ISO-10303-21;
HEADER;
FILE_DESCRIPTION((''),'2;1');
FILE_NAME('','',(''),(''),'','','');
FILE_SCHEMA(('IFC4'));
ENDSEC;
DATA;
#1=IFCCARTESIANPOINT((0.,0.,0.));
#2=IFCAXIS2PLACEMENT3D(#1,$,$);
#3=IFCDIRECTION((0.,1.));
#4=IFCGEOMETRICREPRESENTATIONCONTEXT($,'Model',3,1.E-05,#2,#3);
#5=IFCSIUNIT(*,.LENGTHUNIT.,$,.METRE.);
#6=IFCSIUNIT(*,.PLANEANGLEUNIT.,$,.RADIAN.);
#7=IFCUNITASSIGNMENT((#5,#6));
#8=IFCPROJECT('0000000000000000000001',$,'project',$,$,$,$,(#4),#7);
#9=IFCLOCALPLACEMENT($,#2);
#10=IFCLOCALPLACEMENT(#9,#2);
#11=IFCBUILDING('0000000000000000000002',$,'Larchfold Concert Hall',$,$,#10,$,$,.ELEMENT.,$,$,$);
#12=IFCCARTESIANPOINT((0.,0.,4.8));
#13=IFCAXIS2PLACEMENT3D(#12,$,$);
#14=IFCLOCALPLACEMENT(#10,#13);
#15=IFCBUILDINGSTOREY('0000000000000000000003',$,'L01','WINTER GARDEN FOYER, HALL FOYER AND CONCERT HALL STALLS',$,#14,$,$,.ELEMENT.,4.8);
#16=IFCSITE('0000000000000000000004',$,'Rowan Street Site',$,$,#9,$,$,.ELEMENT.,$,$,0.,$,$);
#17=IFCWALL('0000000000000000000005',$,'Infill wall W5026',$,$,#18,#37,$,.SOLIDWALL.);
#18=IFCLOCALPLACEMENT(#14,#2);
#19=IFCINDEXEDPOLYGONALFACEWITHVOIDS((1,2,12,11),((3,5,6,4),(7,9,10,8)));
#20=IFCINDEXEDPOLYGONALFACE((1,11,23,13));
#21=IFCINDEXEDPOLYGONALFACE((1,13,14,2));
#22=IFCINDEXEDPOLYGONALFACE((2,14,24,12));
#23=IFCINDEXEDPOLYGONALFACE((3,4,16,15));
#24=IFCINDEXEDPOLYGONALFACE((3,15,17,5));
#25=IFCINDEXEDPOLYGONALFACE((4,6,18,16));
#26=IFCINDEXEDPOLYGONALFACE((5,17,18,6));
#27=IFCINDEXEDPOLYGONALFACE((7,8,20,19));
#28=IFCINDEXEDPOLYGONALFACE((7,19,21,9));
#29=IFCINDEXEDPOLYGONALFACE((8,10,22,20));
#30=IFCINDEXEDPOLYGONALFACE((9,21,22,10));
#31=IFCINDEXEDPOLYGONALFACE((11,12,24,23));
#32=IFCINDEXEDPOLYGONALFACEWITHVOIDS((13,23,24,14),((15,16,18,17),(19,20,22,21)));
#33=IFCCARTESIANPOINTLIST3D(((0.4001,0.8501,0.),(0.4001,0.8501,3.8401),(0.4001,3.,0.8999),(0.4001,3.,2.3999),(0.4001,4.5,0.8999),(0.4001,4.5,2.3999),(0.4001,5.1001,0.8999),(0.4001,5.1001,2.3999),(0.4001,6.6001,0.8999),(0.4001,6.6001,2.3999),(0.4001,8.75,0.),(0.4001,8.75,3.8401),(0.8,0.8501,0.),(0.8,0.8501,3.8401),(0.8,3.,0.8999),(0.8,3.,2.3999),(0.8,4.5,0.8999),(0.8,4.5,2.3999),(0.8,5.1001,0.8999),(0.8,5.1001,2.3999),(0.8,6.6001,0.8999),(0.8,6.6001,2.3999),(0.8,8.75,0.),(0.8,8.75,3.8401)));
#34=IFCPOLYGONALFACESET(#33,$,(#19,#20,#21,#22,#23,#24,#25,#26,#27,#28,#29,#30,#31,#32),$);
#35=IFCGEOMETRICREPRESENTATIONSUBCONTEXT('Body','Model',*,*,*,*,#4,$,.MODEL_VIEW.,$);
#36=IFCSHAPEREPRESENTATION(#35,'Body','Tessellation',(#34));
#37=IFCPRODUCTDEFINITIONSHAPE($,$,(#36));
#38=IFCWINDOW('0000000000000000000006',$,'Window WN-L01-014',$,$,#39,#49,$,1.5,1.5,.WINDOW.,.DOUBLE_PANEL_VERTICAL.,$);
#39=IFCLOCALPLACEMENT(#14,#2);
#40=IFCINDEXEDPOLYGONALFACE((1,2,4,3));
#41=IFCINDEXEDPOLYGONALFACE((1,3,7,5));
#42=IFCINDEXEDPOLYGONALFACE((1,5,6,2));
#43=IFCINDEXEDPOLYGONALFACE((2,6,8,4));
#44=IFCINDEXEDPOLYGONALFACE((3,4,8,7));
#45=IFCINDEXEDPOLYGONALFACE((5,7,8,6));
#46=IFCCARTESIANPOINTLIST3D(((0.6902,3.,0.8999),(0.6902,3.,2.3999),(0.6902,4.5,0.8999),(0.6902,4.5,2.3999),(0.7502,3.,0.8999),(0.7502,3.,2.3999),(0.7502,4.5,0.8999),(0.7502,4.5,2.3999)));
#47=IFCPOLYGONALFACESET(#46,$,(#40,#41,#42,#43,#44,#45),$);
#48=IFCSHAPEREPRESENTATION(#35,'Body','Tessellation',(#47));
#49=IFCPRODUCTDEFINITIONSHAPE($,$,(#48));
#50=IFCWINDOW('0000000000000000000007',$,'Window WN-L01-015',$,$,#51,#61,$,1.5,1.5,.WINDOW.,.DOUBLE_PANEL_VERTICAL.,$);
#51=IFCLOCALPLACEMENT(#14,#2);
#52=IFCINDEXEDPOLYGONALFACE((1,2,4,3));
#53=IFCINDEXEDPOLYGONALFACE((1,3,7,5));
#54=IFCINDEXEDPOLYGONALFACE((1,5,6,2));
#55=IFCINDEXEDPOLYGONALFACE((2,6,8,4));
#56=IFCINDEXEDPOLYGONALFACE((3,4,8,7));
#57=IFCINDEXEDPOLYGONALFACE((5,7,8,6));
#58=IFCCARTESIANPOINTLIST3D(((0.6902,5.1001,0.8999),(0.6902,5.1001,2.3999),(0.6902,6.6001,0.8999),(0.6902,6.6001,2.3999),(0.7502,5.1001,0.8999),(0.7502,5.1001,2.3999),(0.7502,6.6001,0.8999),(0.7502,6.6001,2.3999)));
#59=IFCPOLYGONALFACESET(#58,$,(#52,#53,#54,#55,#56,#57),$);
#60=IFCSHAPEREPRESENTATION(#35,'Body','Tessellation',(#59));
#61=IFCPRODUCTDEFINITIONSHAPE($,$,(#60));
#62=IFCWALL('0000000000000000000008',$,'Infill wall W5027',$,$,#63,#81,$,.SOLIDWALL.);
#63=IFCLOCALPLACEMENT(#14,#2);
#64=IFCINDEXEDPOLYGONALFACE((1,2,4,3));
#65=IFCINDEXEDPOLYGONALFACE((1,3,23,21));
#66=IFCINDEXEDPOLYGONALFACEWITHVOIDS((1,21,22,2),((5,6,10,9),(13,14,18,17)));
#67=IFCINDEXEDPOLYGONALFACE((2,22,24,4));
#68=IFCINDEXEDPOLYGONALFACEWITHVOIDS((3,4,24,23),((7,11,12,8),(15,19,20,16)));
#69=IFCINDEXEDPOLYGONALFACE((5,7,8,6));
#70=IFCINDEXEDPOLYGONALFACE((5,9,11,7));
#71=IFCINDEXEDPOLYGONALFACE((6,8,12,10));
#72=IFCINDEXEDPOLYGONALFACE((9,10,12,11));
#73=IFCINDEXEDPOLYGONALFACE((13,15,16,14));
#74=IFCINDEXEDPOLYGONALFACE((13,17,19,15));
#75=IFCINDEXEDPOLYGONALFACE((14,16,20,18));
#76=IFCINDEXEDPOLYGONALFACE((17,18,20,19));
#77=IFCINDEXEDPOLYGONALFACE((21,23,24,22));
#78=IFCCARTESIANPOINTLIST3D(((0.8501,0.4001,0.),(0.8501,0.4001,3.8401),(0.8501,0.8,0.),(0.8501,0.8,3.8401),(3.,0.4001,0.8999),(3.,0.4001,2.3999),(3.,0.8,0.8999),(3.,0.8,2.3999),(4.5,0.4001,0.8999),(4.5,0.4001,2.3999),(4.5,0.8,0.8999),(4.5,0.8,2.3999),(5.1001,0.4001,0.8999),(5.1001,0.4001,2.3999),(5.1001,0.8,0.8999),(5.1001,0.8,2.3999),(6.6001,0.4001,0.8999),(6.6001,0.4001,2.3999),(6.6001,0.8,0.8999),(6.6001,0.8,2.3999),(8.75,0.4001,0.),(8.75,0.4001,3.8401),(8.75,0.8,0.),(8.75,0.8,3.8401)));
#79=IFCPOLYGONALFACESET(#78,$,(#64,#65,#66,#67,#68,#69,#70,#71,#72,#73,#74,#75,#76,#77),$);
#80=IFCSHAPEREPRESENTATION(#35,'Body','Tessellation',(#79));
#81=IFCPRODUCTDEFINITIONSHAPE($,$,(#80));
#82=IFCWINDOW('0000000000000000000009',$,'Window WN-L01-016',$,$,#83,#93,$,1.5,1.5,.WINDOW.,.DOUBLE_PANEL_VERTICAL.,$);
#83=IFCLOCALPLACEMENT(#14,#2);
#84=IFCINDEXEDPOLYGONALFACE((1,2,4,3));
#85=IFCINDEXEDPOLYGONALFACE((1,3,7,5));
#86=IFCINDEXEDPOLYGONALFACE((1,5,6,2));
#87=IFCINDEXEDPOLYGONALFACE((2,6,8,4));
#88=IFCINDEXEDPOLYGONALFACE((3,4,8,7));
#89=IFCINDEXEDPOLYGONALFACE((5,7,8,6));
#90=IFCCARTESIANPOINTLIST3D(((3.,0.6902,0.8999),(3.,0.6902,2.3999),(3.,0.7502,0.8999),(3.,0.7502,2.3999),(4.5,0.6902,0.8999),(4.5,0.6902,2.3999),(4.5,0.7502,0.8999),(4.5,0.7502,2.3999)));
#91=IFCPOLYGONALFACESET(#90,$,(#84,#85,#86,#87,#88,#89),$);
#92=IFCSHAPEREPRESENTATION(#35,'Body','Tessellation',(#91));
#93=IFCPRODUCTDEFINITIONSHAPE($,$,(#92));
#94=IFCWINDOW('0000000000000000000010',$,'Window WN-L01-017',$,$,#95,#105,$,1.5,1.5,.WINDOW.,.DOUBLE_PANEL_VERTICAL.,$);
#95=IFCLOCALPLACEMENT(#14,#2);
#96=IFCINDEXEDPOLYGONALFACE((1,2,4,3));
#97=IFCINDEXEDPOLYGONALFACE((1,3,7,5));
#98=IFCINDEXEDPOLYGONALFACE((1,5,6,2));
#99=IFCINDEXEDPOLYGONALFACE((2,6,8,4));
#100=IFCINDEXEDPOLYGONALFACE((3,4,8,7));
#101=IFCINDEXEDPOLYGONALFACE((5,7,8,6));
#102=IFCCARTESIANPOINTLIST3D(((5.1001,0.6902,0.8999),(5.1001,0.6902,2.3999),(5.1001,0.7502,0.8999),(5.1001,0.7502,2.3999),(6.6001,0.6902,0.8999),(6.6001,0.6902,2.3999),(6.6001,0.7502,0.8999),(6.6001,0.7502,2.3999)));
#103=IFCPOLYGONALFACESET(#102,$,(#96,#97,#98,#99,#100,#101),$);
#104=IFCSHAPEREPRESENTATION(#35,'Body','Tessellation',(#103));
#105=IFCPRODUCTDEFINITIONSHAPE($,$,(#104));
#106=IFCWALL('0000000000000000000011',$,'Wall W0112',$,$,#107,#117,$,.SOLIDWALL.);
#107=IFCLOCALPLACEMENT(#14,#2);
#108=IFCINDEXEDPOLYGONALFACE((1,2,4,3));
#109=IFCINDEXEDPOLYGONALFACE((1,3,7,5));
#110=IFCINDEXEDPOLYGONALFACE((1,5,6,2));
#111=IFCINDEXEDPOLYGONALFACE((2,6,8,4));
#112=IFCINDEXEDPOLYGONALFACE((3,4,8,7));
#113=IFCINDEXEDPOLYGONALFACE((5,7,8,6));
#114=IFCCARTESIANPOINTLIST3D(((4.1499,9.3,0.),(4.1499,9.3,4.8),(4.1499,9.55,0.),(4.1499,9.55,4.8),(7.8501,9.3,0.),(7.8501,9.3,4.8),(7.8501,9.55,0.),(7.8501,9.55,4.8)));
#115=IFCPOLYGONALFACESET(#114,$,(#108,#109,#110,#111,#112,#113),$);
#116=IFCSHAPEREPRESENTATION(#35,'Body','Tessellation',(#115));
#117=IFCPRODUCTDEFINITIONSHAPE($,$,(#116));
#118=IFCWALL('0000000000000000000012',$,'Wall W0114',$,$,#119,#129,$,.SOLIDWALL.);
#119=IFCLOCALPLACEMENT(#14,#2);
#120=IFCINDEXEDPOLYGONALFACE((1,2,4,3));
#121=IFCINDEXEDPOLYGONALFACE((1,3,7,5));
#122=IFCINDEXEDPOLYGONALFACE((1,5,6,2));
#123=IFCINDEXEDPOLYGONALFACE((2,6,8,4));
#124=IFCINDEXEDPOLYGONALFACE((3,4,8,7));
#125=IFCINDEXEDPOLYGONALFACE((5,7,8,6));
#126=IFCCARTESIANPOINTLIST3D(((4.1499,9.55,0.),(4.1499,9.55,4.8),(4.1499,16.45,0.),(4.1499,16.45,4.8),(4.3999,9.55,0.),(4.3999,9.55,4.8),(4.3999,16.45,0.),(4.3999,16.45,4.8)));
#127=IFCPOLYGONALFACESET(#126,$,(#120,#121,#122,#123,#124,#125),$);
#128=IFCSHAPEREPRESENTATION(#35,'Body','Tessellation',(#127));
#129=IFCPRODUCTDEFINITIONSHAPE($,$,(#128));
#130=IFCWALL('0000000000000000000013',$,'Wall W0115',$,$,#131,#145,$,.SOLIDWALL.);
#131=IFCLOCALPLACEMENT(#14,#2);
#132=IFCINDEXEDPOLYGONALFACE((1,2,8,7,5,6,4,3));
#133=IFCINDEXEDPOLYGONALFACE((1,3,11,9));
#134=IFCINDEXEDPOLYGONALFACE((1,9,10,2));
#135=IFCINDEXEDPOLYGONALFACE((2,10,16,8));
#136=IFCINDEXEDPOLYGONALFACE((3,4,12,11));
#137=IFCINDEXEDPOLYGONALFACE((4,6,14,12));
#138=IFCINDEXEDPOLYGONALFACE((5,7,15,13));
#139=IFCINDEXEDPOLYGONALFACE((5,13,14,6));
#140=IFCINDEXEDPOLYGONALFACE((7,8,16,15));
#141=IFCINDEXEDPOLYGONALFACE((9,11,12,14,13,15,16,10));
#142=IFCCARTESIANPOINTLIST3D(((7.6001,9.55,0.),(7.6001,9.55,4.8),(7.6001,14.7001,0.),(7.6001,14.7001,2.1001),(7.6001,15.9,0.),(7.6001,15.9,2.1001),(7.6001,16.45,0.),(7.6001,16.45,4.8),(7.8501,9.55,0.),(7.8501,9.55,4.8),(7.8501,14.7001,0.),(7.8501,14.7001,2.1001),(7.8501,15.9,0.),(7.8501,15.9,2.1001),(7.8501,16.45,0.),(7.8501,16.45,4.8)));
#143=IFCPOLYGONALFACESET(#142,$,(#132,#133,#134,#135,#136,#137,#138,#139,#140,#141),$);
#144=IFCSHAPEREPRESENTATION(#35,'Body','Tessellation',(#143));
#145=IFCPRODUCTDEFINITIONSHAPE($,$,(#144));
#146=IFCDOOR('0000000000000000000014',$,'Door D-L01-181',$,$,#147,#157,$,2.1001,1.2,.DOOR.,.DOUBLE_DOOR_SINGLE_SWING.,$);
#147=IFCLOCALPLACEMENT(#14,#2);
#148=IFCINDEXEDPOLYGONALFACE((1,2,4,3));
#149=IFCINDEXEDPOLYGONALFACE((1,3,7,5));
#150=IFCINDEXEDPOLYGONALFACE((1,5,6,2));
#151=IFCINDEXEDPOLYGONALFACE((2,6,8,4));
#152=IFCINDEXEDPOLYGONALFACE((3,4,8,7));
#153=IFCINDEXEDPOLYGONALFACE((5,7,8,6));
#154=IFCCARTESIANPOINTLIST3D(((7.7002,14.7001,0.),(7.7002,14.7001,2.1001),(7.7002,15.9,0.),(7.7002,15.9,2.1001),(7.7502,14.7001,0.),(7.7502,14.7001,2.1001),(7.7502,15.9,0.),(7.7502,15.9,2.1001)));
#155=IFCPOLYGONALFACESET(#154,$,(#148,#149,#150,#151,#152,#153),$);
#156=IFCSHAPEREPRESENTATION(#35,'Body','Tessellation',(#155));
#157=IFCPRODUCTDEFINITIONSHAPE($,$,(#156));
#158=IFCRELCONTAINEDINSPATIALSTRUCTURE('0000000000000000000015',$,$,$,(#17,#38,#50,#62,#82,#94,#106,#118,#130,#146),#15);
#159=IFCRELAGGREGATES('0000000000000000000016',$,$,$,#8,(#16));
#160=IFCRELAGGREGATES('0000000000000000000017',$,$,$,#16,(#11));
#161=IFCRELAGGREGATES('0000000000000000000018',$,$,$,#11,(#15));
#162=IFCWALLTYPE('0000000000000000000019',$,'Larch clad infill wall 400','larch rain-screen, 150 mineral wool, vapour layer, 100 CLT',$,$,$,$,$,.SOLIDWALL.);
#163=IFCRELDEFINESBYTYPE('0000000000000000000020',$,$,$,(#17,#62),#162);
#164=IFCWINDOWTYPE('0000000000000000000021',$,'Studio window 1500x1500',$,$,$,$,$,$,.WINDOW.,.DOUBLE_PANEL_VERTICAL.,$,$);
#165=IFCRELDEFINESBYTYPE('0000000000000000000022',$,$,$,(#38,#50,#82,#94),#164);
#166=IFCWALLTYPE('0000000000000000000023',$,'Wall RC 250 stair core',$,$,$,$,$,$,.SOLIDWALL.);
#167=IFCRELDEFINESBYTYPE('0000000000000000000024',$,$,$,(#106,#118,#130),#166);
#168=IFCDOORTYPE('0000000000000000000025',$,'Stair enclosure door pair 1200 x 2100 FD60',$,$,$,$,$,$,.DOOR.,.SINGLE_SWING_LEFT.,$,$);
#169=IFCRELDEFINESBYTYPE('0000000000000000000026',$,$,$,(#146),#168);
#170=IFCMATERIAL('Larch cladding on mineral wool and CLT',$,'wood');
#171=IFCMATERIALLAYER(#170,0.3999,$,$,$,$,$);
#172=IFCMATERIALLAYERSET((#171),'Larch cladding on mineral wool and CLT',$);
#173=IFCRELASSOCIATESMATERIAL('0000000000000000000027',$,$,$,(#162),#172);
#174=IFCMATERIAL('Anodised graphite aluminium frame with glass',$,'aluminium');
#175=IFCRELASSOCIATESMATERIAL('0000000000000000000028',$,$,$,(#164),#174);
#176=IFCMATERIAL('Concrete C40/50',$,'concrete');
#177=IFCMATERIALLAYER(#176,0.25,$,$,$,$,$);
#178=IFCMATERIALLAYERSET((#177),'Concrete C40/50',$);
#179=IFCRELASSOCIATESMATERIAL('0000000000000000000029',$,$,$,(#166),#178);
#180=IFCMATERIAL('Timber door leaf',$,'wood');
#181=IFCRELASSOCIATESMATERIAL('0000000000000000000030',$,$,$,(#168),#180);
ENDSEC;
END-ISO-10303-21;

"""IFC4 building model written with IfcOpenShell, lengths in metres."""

from ifc_helpers import new_model, si_unit, direction, frame, frame_2d, origin, place, context, subcontext, project, spatial, rectangle, extrude, material, layer, layer_set, type_object, element, fill, save


model = new_model("IFC4")

# Units and contexts
model_context = context("Model", 3, precision=1e-05, world=origin(), true_north=direction((0.0, 1.0)))
body_context = subcontext(model_context, "Body", "Model", "MODEL_VIEW")
ifc_project = project(units=[si_unit("LENGTHUNIT", "METRE"), si_unit("PLANEANGLEUNIT", "RADIAN")], contexts=[model_context])

# Site, building, storey
site_placement = place(None, origin())
site = spatial("IfcSite", under=ifc_project, at=site_placement, Name="Rowan Street Site", CompositionType="ELEMENT", RefElevation=0.0)
building_placement = place(site_placement, origin())
building = spatial("IfcBuilding", under=site, at=building_placement, Name="Larchfold Concert Hall", CompositionType="ELEMENT")
storey_placement = place(building_placement, frame((0.0, 0.0, 4.8)))
storey = spatial("IfcBuildingStorey", under=building, at=storey_placement, Name="L01", Description="WINTER GARDEN FOYER, HALL FOYER AND CONCERT HALL STALLS", CompositionType="ELEMENT", Elevation=4.8)

# Walls, openings, windows
ifc_material_1 = material(Name="Larch cladding on mineral wool and CLT", Category="wood")
ifc_layer_1 = layer(ifc_material_1, 0.3999)
ifc_layer_set_1 = layer_set([ifc_layer_1], Name="Larch cladding on mineral wool and CLT")
wall_type_1 = type_object("IfcWallType", Name="Larch clad infill wall 400", Description="larch rain-screen, 150 mineral wool, vapour layer, 100 CLT", PredefinedType="SOLIDWALL", material=ifc_layer_set_1)
wall_1_placement = place(storey_placement, frame((0.6001, 8.75, 0.0), z_axis=(0.0, 0.0, 1.0), x_axis=(0.0, -1.0, 0.0)))
wall_1 = element("IfcWall", 1, at=wall_1_placement, inside=storey, type_object=wall_type_1, Name="Infill wall W5026", PredefinedType="SOLIDWALL", context=body_context, shape_type="SweptSolid", body=[
    extrude(rectangle(XDim=7.8999, YDim=0.3999, at=frame_2d((3.95, 0.0))), origin(), (0.0, 0.0, 1.0), 3.8401),
])
opening_1_placement = place(wall_1_placement, frame((4.25, 0.0, 0.8999)))
opening_1 = element("IfcOpeningElement", 2, at=opening_1_placement, cuts=wall_1, PredefinedType="OPENING", context=body_context, shape_type="SweptSolid", body=[
    extrude(rectangle(XDim=1.5, YDim=1.5, at=frame_2d((0.75, 0.75))), frame((0.0, 0.21, 0.0), z_axis=(0.0, -1.0, 0.0), x_axis=(1.0, 0.0, 0.0)), (0.0, 0.0, 1.0), 0.4199),
])
opening_2_placement = place(wall_1_placement, frame((2.1499, 0.0, 0.8999)))
opening_2 = element("IfcOpeningElement", 3, at=opening_2_placement, cuts=wall_1, PredefinedType="OPENING", context=body_context, shape_type="SweptSolid", body=[
    extrude(rectangle(XDim=1.5, YDim=1.5, at=frame_2d((0.75, 0.75))), frame((0.0, 0.21, 0.0), z_axis=(0.0, -1.0, 0.0), x_axis=(1.0, 0.0, 0.0)), (0.0, 0.0, 1.0), 0.4199),
])
ifc_material_2 = material(Name="Anodised graphite aluminium frame with glass", Category="aluminium")
window_type = type_object("IfcWindowType", Name="Studio window 1500x1500", PartitioningType="DOUBLE_PANEL_VERTICAL", PredefinedType="WINDOW", material=ifc_material_2)
window_1_placement = place(opening_1_placement, origin())
window_1 = element("IfcWindow", 4, at=window_1_placement, inside=storey, type_object=window_type, Name="Window WN-L01-014", OverallHeight=1.5, OverallWidth=1.5, PartitioningType="DOUBLE_PANEL_VERTICAL", PredefinedType="WINDOW", context=body_context, shape_type="SweptSolid", body=[
    extrude(rectangle(XDim=1.5, YDim=1.5, at=frame_2d((0.75, 0.75))), frame((0.0, 0.1501, 0.0), z_axis=(0.0, -1.0, 0.0), x_axis=(1.0, 0.0, 0.0)), (0.0, 0.0, 1.0), 0.0601),
])
fill(opening_1, window_1)
window_2_placement = place(opening_2_placement, origin())
window_2 = element("IfcWindow", 5, at=window_2_placement, inside=storey, type_object=window_type, Name="Window WN-L01-015", OverallHeight=1.5, OverallWidth=1.5, PartitioningType="DOUBLE_PANEL_VERTICAL", PredefinedType="WINDOW", context=body_context, shape_type="SweptSolid", body=[
    extrude(rectangle(XDim=1.5, YDim=1.5, at=frame_2d((0.75, 0.75))), frame((0.0, 0.1501, 0.0), z_axis=(0.0, -1.0, 0.0), x_axis=(1.0, 0.0, 0.0)), (0.0, 0.0, 1.0), 0.0601),
])
fill(opening_2, window_2)
wall_2_placement = place(storey_placement, frame((0.8501, 0.6001, 0.0), z_axis=(0.0, 0.0, 1.0), x_axis=(1.0, 0.0, 0.0)))
wall_2 = element("IfcWall", 6, at=wall_2_placement, inside=storey, type_object=wall_type_1, Name="Infill wall W5027", PredefinedType="SOLIDWALL", context=body_context, shape_type="SweptSolid", body=[
    extrude(rectangle(XDim=7.8999, YDim=0.3999, at=frame_2d((3.95, 0.0))), origin(), (0.0, 0.0, 1.0), 3.8401),
])
opening_3_placement = place(wall_2_placement, frame((2.1499, 0.0, 0.8999)))
opening_3 = element("IfcOpeningElement", 7, at=opening_3_placement, cuts=wall_2, PredefinedType="OPENING", context=body_context, shape_type="SweptSolid", body=[
    extrude(rectangle(XDim=1.5, YDim=1.5, at=frame_2d((0.75, 0.75))), frame((0.0, 0.21, 0.0), z_axis=(0.0, -1.0, 0.0), x_axis=(1.0, 0.0, 0.0)), (0.0, 0.0, 1.0), 0.4199),
])
opening_4_placement = place(wall_2_placement, frame((4.25, 0.0, 0.8999)))
opening_4 = element("IfcOpeningElement", 8, at=opening_4_placement, cuts=wall_2, PredefinedType="OPENING", context=body_context, shape_type="SweptSolid", body=[
    extrude(rectangle(XDim=1.5, YDim=1.5, at=frame_2d((0.75, 0.75))), frame((0.0, 0.21, 0.0), z_axis=(0.0, -1.0, 0.0), x_axis=(1.0, 0.0, 0.0)), (0.0, 0.0, 1.0), 0.4199),
])
window_3_placement = place(opening_3_placement, origin())
window_3 = element("IfcWindow", 9, at=window_3_placement, inside=storey, type_object=window_type, Name="Window WN-L01-016", OverallHeight=1.5, OverallWidth=1.5, PartitioningType="DOUBLE_PANEL_VERTICAL", PredefinedType="WINDOW", context=body_context, shape_type="SweptSolid", body=[
    extrude(rectangle(XDim=1.5, YDim=1.5, at=frame_2d((0.75, 0.75))), frame((0.0, 0.1501, 0.0), z_axis=(0.0, -1.0, 0.0), x_axis=(1.0, 0.0, 0.0)), (0.0, 0.0, 1.0), 0.0601),
])
fill(opening_3, window_3)
window_4_placement = place(opening_4_placement, origin())
window_4 = element("IfcWindow", 10, at=window_4_placement, inside=storey, type_object=window_type, Name="Window WN-L01-017", OverallHeight=1.5, OverallWidth=1.5, PartitioningType="DOUBLE_PANEL_VERTICAL", PredefinedType="WINDOW", context=body_context, shape_type="SweptSolid", body=[
    extrude(rectangle(XDim=1.5, YDim=1.5, at=frame_2d((0.75, 0.75))), frame((0.0, 0.1501, 0.0), z_axis=(0.0, -1.0, 0.0), x_axis=(1.0, 0.0, 0.0)), (0.0, 0.0, 1.0), 0.0601),
])
fill(opening_4, window_4)

# Walls
ifc_material_3 = material(Name="Concrete C40/50", Category="concrete")
ifc_layer_2 = layer(ifc_material_3, 0.25)
ifc_layer_set_2 = layer_set([ifc_layer_2], Name="Concrete C40/50")
wall_type_2 = type_object("IfcWallType", Name="Wall RC 250 stair core", PredefinedType="SOLIDWALL", material=ifc_layer_set_2)
wall_3_placement = place(storey_placement, frame((4.1499, 9.425, 0.0), z_axis=(0.0, 0.0, 1.0), x_axis=(1.0, 0.0, 0.0)))
element("IfcWall", 11, at=wall_3_placement, inside=storey, type_object=wall_type_2, Name="Wall W0112", PredefinedType="SOLIDWALL", context=body_context, shape_type="SweptSolid", body=[
    extrude(rectangle(XDim=3.7002, YDim=0.25, at=frame_2d((1.8501, 0.0))), origin(), (0.0, 0.0, 1.0), 4.8),
])
wall_4_placement = place(storey_placement, frame((4.2749, 9.55, 0.0), z_axis=(0.0, 0.0, 1.0), x_axis=(0.0, 1.0, 0.0)))
element("IfcWall", 12, at=wall_4_placement, inside=storey, type_object=wall_type_2, Name="Wall W0114", PredefinedType="SOLIDWALL", context=body_context, shape_type="SweptSolid", body=[
    extrude(rectangle(XDim=6.8999, YDim=0.25, at=frame_2d((3.45, 0.0))), origin(), (0.0, 0.0, 1.0), 4.8),
])

# Wall, opening, door
wall_5_placement = place(storey_placement, frame((7.7251, 9.55, 0.0), z_axis=(0.0, 0.0, 1.0), x_axis=(0.0, 1.0, 0.0)))
wall_5 = element("IfcWall", 13, at=wall_5_placement, inside=storey, type_object=wall_type_2, Name="Wall W0115", PredefinedType="SOLIDWALL", context=body_context, shape_type="SweptSolid", body=[
    extrude(rectangle(XDim=6.8999, YDim=0.25, at=frame_2d((3.45, 0.0))), origin(), (0.0, 0.0, 1.0), 4.8),
])
opening_5_placement = place(wall_5_placement, frame((5.1499, 0.0, 0.0)))
opening_5 = element("IfcOpeningElement", 14, at=opening_5_placement, cuts=wall_5, PredefinedType="OPENING", context=body_context, shape_type="SweptSolid", body=[
    extrude(rectangle(XDim=1.2, YDim=2.1001, at=frame_2d((0.6001, 1.05))), frame((0.0, 0.135, 0.0), z_axis=(0.0, -1.0, 0.0), x_axis=(1.0, 0.0, 0.0)), (0.0, 0.0, 1.0), 0.27),
])
ifc_material_4 = material(Name="Timber door leaf", Category="wood")
door_type_1 = type_object("IfcDoorType", Name="Stair enclosure door pair 1200 x 2100 FD60", OperationType="SINGLE_SWING_LEFT", PredefinedType="DOOR", material=ifc_material_4)
door_1_placement = place(opening_5_placement, origin())
door_1 = element("IfcDoor", 15, at=door_1_placement, inside=storey, type_object=door_type_1, Name="Door D-L01-181", OperationType="DOUBLE_DOOR_SINGLE_SWING", OverallHeight=2.1001, OverallWidth=1.2, PredefinedType="DOOR", context=body_context, shape_type="SweptSolid", body=[
    extrude(rectangle(XDim=1.2, YDim=2.1001, at=frame_2d((0.6001, 1.05))), frame((0.0, 0.0249, 0.0), z_axis=(0.0, -1.0, 0.0), x_axis=(1.0, 0.0, 0.0)), (0.0, 0.0, 1.0), 0.05),
])
fill(opening_5, door_1)

save(model, "model.ifc")
